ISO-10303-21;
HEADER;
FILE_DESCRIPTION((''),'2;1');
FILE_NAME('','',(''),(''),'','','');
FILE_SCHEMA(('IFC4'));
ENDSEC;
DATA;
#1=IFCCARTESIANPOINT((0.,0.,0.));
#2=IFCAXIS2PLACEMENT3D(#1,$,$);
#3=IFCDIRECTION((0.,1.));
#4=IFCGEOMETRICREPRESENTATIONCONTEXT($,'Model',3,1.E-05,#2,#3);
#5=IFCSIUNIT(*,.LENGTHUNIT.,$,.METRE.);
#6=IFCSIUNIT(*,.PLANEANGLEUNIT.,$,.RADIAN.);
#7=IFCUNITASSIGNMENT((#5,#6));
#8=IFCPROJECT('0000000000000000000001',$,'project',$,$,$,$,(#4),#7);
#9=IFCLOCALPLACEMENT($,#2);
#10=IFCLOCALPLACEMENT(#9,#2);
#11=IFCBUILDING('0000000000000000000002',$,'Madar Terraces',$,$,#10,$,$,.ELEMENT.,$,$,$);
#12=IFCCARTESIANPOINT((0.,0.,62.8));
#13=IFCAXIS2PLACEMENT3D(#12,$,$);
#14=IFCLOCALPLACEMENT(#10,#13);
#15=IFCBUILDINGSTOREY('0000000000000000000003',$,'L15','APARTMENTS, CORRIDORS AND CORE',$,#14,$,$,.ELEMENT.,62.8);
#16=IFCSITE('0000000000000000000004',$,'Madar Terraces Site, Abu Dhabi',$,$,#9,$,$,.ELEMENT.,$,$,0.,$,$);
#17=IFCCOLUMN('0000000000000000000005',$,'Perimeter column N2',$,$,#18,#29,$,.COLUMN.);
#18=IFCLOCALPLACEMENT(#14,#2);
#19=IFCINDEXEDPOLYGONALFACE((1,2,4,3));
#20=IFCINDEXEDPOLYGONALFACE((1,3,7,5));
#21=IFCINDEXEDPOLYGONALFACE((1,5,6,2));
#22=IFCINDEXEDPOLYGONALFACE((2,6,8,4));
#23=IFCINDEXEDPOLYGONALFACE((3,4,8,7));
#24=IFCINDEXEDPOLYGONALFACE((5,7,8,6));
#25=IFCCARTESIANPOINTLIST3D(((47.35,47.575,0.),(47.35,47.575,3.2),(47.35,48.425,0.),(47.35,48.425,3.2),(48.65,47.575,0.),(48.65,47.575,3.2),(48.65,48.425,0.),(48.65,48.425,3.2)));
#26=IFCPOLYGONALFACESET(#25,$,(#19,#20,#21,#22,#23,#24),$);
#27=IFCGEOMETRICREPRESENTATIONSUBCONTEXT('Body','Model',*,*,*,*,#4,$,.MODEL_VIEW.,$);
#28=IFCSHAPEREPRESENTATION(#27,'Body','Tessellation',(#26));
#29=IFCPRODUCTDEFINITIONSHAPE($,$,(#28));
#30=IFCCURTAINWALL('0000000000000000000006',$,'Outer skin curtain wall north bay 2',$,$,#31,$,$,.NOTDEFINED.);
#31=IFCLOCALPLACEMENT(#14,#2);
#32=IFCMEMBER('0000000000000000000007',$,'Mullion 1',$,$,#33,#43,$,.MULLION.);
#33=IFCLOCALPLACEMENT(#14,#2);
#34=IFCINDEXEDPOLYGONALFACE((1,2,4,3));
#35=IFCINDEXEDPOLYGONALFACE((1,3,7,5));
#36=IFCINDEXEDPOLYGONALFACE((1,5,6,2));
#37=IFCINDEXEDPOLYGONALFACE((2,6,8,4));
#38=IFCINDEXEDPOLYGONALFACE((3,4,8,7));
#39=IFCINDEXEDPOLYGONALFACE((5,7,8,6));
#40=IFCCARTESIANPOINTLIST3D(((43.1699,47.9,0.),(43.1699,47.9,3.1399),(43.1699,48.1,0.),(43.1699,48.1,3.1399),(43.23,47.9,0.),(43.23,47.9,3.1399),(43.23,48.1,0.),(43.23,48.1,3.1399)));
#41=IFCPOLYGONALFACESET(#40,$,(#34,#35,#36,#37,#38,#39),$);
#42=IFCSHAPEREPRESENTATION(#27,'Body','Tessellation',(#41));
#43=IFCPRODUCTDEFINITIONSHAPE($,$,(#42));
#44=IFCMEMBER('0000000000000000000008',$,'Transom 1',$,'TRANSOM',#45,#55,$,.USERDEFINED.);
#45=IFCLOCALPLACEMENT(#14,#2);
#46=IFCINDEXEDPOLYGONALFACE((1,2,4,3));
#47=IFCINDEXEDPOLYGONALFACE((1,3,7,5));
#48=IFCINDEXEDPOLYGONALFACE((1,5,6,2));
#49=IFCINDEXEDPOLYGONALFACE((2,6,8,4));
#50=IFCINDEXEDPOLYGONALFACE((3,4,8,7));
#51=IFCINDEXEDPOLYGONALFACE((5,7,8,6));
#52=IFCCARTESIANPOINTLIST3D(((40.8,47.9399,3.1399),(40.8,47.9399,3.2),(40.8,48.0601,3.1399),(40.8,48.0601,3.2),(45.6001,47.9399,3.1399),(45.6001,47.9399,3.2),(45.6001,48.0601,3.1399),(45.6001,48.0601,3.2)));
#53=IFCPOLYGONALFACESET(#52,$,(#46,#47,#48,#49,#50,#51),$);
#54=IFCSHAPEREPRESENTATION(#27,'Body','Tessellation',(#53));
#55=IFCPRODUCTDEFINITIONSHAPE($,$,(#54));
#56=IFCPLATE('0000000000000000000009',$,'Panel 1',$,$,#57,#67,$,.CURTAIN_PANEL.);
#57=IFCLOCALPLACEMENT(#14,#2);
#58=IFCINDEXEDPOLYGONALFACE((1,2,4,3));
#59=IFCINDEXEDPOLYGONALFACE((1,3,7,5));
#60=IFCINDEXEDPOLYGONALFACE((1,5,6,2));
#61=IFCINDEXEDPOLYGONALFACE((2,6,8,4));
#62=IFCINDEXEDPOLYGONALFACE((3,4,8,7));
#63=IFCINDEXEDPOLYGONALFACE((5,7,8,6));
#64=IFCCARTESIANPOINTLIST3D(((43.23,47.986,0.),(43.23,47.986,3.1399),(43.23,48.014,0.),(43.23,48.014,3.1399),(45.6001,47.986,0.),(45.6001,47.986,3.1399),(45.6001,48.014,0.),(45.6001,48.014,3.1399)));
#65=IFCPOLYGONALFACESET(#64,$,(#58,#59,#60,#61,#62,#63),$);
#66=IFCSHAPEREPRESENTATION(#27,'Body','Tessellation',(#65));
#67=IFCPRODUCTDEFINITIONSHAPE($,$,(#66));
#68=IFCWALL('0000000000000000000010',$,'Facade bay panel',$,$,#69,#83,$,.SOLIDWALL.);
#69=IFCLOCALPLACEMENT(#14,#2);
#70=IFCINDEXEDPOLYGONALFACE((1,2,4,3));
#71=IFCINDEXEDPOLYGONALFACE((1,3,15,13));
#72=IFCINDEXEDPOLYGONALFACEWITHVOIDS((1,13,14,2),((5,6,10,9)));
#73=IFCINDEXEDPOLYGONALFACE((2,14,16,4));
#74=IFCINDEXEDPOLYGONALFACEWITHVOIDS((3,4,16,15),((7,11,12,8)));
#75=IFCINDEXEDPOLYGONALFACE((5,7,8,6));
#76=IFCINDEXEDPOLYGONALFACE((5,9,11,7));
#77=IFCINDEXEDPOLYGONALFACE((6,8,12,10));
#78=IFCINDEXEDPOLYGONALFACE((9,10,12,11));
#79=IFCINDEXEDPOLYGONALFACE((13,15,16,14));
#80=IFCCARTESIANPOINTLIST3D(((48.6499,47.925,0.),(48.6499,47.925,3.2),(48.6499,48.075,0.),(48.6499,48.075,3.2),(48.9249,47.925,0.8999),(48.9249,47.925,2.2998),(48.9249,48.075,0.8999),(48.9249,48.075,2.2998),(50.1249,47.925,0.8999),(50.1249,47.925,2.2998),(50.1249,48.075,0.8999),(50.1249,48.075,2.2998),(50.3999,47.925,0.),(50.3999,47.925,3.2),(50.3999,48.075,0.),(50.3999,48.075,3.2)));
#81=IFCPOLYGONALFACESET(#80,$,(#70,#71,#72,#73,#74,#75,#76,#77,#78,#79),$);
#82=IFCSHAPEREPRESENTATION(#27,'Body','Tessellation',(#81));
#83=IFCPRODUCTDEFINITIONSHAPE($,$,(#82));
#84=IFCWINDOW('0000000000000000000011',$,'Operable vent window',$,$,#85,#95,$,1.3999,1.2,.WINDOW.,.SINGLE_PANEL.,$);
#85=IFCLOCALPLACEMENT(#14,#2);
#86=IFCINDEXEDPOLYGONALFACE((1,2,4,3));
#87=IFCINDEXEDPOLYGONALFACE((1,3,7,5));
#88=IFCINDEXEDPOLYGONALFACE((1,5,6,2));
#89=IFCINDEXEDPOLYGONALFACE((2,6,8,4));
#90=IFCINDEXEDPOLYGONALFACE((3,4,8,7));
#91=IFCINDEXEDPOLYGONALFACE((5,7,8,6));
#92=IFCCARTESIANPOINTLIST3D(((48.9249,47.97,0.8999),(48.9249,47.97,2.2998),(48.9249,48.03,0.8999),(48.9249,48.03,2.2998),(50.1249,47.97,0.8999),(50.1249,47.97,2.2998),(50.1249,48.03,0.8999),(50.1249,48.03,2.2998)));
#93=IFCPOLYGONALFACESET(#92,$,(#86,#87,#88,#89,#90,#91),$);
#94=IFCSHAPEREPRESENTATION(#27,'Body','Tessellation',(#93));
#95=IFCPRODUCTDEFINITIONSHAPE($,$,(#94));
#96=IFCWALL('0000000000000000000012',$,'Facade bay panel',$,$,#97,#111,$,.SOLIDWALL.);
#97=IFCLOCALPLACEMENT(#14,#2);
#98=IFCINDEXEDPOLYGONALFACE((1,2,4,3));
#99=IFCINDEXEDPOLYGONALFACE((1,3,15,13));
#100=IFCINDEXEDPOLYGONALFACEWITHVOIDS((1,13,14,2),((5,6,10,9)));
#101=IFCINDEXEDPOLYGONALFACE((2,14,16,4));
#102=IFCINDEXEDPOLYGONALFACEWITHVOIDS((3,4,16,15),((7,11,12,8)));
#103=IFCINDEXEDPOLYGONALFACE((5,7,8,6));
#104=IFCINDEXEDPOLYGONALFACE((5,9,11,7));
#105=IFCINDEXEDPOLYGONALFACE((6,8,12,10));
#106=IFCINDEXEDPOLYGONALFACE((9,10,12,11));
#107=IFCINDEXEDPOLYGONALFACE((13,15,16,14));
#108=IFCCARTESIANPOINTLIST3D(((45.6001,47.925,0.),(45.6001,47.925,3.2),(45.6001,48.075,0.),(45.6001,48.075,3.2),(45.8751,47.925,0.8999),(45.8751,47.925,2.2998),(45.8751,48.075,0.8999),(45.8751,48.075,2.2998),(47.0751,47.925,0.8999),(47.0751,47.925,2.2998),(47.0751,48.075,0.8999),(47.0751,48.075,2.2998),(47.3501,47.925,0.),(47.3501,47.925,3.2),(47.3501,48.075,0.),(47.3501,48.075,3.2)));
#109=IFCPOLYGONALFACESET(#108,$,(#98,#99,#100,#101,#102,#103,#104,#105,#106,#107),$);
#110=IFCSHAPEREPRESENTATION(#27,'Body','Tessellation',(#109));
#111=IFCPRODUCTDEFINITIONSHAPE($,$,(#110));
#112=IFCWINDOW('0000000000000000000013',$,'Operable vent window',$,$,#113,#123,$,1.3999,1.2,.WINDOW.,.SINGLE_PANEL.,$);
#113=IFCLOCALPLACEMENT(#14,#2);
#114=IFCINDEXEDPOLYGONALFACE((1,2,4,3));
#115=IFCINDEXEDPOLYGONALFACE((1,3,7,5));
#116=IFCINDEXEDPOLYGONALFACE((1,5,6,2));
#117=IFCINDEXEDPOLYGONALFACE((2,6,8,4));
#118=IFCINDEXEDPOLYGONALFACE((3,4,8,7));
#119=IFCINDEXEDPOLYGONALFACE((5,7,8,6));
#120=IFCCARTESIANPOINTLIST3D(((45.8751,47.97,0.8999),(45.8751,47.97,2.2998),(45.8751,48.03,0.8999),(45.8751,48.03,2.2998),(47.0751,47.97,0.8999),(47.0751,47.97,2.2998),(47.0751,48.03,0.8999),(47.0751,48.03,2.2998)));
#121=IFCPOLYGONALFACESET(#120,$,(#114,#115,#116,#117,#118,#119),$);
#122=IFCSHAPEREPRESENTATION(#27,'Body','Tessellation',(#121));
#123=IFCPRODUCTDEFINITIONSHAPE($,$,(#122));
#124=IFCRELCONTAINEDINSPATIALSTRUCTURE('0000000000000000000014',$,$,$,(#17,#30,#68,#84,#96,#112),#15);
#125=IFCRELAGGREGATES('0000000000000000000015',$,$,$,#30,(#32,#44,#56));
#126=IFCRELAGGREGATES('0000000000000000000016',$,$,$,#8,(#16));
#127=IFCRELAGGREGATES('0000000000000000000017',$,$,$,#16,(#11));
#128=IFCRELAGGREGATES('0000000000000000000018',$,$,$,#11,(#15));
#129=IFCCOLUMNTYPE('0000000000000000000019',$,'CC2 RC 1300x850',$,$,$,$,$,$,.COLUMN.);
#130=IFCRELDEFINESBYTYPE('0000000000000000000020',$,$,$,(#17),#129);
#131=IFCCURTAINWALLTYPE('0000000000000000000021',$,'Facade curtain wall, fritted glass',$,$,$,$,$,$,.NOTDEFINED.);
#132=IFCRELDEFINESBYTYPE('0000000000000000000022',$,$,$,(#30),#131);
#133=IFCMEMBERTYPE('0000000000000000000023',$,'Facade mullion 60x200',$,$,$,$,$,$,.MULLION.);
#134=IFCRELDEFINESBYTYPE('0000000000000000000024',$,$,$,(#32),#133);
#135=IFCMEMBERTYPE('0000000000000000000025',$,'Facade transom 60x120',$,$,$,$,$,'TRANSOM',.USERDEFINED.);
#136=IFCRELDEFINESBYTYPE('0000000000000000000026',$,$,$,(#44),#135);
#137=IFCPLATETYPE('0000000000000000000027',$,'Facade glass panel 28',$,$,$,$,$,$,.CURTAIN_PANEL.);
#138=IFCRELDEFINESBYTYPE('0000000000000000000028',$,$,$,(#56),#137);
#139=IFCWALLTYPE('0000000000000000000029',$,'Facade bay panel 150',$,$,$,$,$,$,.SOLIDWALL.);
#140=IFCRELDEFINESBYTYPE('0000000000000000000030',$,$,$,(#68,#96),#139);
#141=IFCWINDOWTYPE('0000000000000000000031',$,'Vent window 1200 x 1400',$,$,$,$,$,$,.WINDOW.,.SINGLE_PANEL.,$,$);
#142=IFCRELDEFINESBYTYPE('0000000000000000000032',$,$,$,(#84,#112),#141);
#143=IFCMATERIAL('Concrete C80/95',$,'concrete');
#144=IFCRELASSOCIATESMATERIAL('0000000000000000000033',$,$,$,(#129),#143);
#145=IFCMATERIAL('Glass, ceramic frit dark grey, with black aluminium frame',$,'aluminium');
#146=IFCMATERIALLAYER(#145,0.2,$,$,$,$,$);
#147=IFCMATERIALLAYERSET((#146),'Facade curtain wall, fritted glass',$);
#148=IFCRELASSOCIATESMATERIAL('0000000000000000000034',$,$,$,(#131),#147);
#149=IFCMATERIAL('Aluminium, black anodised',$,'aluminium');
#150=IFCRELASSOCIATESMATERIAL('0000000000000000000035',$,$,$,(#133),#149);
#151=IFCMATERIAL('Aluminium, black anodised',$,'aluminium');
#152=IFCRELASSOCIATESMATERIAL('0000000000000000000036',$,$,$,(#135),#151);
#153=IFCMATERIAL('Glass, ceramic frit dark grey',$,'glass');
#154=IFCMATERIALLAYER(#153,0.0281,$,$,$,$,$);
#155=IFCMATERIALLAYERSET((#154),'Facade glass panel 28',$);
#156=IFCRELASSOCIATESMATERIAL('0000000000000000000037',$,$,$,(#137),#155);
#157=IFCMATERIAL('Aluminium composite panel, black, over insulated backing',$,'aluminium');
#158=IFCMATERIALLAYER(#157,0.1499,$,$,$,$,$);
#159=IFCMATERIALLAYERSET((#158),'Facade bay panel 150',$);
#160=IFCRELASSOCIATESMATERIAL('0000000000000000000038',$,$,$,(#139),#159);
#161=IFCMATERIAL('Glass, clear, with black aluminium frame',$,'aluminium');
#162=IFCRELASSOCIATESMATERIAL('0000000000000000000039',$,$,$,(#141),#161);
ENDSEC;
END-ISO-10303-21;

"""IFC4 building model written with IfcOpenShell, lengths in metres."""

from ifc_helpers import new_model, si_unit, direction, frame, frame_2d, origin, origin_2d, place, context, subcontext, project, spatial, rectangle, extrude, material, layer, layer_set, material_profile, profile_set, type_object, element, fill, aggregate, save


model = new_model("IFC4")

# Units and contexts
model_context = context("Model", 3, precision=1e-05, world=origin(), true_north=direction((0.0, 1.0)))
body_context = subcontext(model_context, "Body", "Model", "MODEL_VIEW")
ifc_project = project(units=[si_unit("LENGTHUNIT", "METRE"), si_unit("PLANEANGLEUNIT", "RADIAN")], contexts=[model_context])

# Site, building, storey
site_placement = place(None, origin())
site = spatial("IfcSite", under=ifc_project, at=site_placement, Name="Madar Terraces Site, Abu Dhabi", CompositionType="ELEMENT", RefElevation=0.0)
building_placement = place(site_placement, origin())
building = spatial("IfcBuilding", under=site, at=building_placement, Name="Madar Terraces", CompositionType="ELEMENT")
storey_placement = place(building_placement, frame((0.0, 0.0, 62.8)))
storey = spatial("IfcBuildingStorey", under=building, at=storey_placement, Name="L15", Description="APARTMENTS, CORRIDORS AND CORE", CompositionType="ELEMENT", Elevation=62.8)

# Column
ifc_material_1 = material(Name="Concrete C80/95", Category="concrete")
ifc_material_profile_1 = material_profile(ifc_material_1, rectangle(XDim=1.3, YDim=0.8501, at=origin_2d()), Name="CC2 RC 1300x850")
ifc_profile_set_1 = profile_set([ifc_material_profile_1], Name="Concrete C80/95")
column_type = type_object("IfcColumnType", Name="CC2 RC 1300x850", PredefinedType="COLUMN", material=ifc_profile_set_1)
column_placement = place(storey_placement, frame((48.0, 48.0, 0.0), z_axis=(0.0, 0.0, 1.0), x_axis=(1.0, 0.0, 0.0)))
element("IfcColumn", 1, at=column_placement, inside=storey, type_object=column_type, Name="Perimeter column N2", PredefinedType="COLUMN", context=body_context, shape_type="SweptSolid", body=[
    extrude(rectangle(XDim=1.3, YDim=0.8501, at=origin_2d()), origin(), (0.0, 0.0, 1.0), 3.2),
])

# Curtain wall, members, plate
ifc_material_2 = material(Name="Glass, ceramic frit dark grey, with black aluminium frame", Category="aluminium")
ifc_layer_1 = layer(ifc_material_2, 0.2)
ifc_layer_set_1 = layer_set([ifc_layer_1], Name="Facade curtain wall, fritted glass")
curtain_wall_type = type_object("IfcCurtainWallType", Name="Facade curtain wall, fritted glass", PredefinedType="NOTDEFINED", material=ifc_layer_set_1)
curtain_wall_placement = place(storey_placement, origin())
curtain_wall = element("IfcCurtainWall", 2, at=curtain_wall_placement, inside=storey, type_object=curtain_wall_type, Name="Outer skin curtain wall north bay 2", PredefinedType="NOTDEFINED")
ifc_material_3 = material(Name="Aluminium, black anodised", Category="aluminium")
ifc_material_profile_2 = material_profile(ifc_material_3, rectangle(XDim=0.2, YDim=0.0601, at=origin_2d()), Name="Facade mullion 60x200")
ifc_profile_set_2 = profile_set([ifc_material_profile_2], Name="Aluminium, black anodised")
member_type_1 = type_object("IfcMemberType", Name="Facade mullion 60x200", PredefinedType="MULLION", material=ifc_profile_set_2)
member_1_placement = place(storey_placement, frame((43.2, 48.0, 0.0), z_axis=(0.0, 0.0, 1.0), x_axis=(0.0, -1.0, 0.0)))
member_1 = element("IfcMember", 3, at=member_1_placement, type_object=member_type_1, Name="Mullion 1", PredefinedType="MULLION", context=body_context, shape_type="SweptSolid", body=[
    extrude(rectangle(XDim=0.2, YDim=0.0601, at=origin_2d()), origin(), (0.0, 0.0, 1.0), 3.1399),
])
ifc_material_4 = material(Name="Aluminium, black anodised", Category="aluminium")
ifc_material_profile_3 = material_profile(ifc_material_4, rectangle(XDim=0.1201, YDim=0.0601, at=origin_2d()), Name="Facade transom 60x120")
ifc_profile_set_3 = profile_set([ifc_material_profile_3], Name="Aluminium, black anodised")
member_type_2 = type_object("IfcMemberType", Name="Facade transom 60x120", ElementType="TRANSOM", PredefinedType="USERDEFINED", material=ifc_profile_set_3)
member_2_placement = place(storey_placement, frame((45.6001, 48.0, 3.1699), z_axis=(-1.0, 0.0, 0.0), x_axis=(0.0, -1.0, 0.0)))
member_2 = element("IfcMember", 4, at=member_2_placement, type_object=member_type_2, Name="Transom 1", ObjectType="TRANSOM", PredefinedType="USERDEFINED", context=body_context, shape_type="SweptSolid", body=[
    extrude(rectangle(XDim=0.1201, YDim=0.0601, at=origin_2d()), origin(), (0.0, 0.0, 1.0), 4.8),
])
ifc_material_5 = material(Name="Glass, ceramic frit dark grey", Category="glass")
ifc_layer_2 = layer(ifc_material_5, 0.0281)
ifc_layer_set_2 = layer_set([ifc_layer_2], Name="Facade glass panel 28")
plate_type = type_object("IfcPlateType", Name="Facade glass panel 28", PredefinedType="CURTAIN_PANEL", material=ifc_layer_set_2)
plate_placement = place(storey_placement, frame((44.415, 48.0, 0.0), z_axis=(0.0, 0.0, 1.0), x_axis=(-1.0, 0.0, 0.0)))
plate = element("IfcPlate", 5, at=plate_placement, type_object=plate_type, Name="Panel 1", PredefinedType="CURTAIN_PANEL", context=body_context, shape_type="SweptSolid", body=[
    extrude(rectangle(XDim=2.3701, YDim=0.0281, at=origin_2d()), origin(), (0.0, 0.0, 1.0), 3.1399),
])
aggregate(curtain_wall, [member_1, member_2, plate])

# Walls, openings, windows
ifc_material_6 = material(Name="Aluminium composite panel, black, over insulated backing", Category="aluminium")
ifc_layer_3 = layer(ifc_material_6, 0.1499)
ifc_layer_set_3 = layer_set([ifc_layer_3], Name="Facade bay panel 150")
wall_type_1 = type_object("IfcWallType", Name="Facade bay panel 150", PredefinedType="SOLIDWALL", material=ifc_layer_set_3)
wall_1_placement = place(storey_placement, frame((50.3999, 48.0, 0.0), z_axis=(0.0, 0.0, 1.0), x_axis=(-1.0, 0.0, 0.0)))
wall_1 = element("IfcWall", 6, at=wall_1_placement, inside=storey, type_object=wall_type_1, Name="Facade bay panel", PredefinedType="SOLIDWALL", context=body_context, shape_type="SweptSolid", body=[
    extrude(rectangle(XDim=1.75, YDim=0.1499, at=frame_2d((0.875, 0.0))), origin(), (0.0, 0.0, 1.0), 3.2),
])
opening_1_placement = place(wall_1_placement, frame((0.2749, 0.0, 0.8999)))
opening_1 = element("IfcOpeningElement", 7, at=opening_1_placement, cuts=wall_1, PredefinedType="OPENING", context=body_context, shape_type="SweptSolid", body=[
    extrude(rectangle(XDim=1.2, YDim=1.3999, at=frame_2d((0.6001, 0.7))), frame((0.0, 0.085, 0.0), z_axis=(0.0, -1.0, 0.0), x_axis=(1.0, 0.0, 0.0)), (0.0, 0.0, 1.0), 0.1699),
])
ifc_material_7 = material(Name="Glass, clear, with black aluminium frame", Category="aluminium")
window_type = type_object("IfcWindowType", Name="Vent window 1200 x 1400", PartitioningType="SINGLE_PANEL", PredefinedType="WINDOW", material=ifc_material_7)
window_1_placement = place(opening_1_placement, origin())
window_1 = element("IfcWindow", 8, at=window_1_placement, inside=storey, type_object=window_type, Name="Operable vent window", OverallHeight=1.3999, OverallWidth=1.2, PartitioningType="SINGLE_PANEL", PredefinedType="WINDOW", context=body_context, shape_type="SweptSolid", body=[
    extrude(rectangle(XDim=1.2, YDim=1.3999, at=frame_2d((0.6001, 0.7))), frame((0.0, 0.03, 0.0), z_axis=(0.0, -1.0, 0.0), x_axis=(1.0, 0.0, 0.0)), (0.0, 0.0, 1.0), 0.0601),
])
fill(opening_1, window_1)
wall_2_placement = place(storey_placement, frame((47.3501, 48.0, 0.0), z_axis=(0.0, 0.0, 1.0), x_axis=(-1.0, 0.0, 0.0)))
wall_2 = element("IfcWall", 9, at=wall_2_placement, inside=storey, type_object=wall_type_1, Name="Facade bay panel", PredefinedType="SOLIDWALL", context=body_context, shape_type="SweptSolid", body=[
    extrude(rectangle(XDim=1.75, YDim=0.1499, at=frame_2d((0.875, 0.0))), origin(), (0.0, 0.0, 1.0), 3.2),
])
opening_2_placement = place(wall_2_placement, frame((0.2749, 0.0, 0.8999)))
opening_2 = element("IfcOpeningElement", 10, at=opening_2_placement, cuts=wall_2, PredefinedType="OPENING", context=body_context, shape_type="SweptSolid", body=[
    extrude(rectangle(XDim=1.2, YDim=1.3999, at=frame_2d((0.6001, 0.7))), frame((0.0, 0.085, 0.0), z_axis=(0.0, -1.0, 0.0), x_axis=(1.0, 0.0, 0.0)), (0.0, 0.0, 1.0), 0.1699),
])
window_2_placement = place(opening_2_placement, origin())
window_2 = element("IfcWindow", 11, at=window_2_placement, inside=storey, type_object=window_type, Name="Operable vent window", OverallHeight=1.3999, OverallWidth=1.2, PartitioningType="SINGLE_PANEL", PredefinedType="WINDOW", context=body_context, shape_type="SweptSolid", body=[
    extrude(rectangle(XDim=1.2, YDim=1.3999, at=frame_2d((0.6001, 0.7))), frame((0.0, 0.03, 0.0), z_axis=(0.0, -1.0, 0.0), x_axis=(1.0, 0.0, 0.0)), (0.0, 0.0, 1.0), 0.0601),
])
fill(opening_2, window_2)

save(model, "model.ifc")
